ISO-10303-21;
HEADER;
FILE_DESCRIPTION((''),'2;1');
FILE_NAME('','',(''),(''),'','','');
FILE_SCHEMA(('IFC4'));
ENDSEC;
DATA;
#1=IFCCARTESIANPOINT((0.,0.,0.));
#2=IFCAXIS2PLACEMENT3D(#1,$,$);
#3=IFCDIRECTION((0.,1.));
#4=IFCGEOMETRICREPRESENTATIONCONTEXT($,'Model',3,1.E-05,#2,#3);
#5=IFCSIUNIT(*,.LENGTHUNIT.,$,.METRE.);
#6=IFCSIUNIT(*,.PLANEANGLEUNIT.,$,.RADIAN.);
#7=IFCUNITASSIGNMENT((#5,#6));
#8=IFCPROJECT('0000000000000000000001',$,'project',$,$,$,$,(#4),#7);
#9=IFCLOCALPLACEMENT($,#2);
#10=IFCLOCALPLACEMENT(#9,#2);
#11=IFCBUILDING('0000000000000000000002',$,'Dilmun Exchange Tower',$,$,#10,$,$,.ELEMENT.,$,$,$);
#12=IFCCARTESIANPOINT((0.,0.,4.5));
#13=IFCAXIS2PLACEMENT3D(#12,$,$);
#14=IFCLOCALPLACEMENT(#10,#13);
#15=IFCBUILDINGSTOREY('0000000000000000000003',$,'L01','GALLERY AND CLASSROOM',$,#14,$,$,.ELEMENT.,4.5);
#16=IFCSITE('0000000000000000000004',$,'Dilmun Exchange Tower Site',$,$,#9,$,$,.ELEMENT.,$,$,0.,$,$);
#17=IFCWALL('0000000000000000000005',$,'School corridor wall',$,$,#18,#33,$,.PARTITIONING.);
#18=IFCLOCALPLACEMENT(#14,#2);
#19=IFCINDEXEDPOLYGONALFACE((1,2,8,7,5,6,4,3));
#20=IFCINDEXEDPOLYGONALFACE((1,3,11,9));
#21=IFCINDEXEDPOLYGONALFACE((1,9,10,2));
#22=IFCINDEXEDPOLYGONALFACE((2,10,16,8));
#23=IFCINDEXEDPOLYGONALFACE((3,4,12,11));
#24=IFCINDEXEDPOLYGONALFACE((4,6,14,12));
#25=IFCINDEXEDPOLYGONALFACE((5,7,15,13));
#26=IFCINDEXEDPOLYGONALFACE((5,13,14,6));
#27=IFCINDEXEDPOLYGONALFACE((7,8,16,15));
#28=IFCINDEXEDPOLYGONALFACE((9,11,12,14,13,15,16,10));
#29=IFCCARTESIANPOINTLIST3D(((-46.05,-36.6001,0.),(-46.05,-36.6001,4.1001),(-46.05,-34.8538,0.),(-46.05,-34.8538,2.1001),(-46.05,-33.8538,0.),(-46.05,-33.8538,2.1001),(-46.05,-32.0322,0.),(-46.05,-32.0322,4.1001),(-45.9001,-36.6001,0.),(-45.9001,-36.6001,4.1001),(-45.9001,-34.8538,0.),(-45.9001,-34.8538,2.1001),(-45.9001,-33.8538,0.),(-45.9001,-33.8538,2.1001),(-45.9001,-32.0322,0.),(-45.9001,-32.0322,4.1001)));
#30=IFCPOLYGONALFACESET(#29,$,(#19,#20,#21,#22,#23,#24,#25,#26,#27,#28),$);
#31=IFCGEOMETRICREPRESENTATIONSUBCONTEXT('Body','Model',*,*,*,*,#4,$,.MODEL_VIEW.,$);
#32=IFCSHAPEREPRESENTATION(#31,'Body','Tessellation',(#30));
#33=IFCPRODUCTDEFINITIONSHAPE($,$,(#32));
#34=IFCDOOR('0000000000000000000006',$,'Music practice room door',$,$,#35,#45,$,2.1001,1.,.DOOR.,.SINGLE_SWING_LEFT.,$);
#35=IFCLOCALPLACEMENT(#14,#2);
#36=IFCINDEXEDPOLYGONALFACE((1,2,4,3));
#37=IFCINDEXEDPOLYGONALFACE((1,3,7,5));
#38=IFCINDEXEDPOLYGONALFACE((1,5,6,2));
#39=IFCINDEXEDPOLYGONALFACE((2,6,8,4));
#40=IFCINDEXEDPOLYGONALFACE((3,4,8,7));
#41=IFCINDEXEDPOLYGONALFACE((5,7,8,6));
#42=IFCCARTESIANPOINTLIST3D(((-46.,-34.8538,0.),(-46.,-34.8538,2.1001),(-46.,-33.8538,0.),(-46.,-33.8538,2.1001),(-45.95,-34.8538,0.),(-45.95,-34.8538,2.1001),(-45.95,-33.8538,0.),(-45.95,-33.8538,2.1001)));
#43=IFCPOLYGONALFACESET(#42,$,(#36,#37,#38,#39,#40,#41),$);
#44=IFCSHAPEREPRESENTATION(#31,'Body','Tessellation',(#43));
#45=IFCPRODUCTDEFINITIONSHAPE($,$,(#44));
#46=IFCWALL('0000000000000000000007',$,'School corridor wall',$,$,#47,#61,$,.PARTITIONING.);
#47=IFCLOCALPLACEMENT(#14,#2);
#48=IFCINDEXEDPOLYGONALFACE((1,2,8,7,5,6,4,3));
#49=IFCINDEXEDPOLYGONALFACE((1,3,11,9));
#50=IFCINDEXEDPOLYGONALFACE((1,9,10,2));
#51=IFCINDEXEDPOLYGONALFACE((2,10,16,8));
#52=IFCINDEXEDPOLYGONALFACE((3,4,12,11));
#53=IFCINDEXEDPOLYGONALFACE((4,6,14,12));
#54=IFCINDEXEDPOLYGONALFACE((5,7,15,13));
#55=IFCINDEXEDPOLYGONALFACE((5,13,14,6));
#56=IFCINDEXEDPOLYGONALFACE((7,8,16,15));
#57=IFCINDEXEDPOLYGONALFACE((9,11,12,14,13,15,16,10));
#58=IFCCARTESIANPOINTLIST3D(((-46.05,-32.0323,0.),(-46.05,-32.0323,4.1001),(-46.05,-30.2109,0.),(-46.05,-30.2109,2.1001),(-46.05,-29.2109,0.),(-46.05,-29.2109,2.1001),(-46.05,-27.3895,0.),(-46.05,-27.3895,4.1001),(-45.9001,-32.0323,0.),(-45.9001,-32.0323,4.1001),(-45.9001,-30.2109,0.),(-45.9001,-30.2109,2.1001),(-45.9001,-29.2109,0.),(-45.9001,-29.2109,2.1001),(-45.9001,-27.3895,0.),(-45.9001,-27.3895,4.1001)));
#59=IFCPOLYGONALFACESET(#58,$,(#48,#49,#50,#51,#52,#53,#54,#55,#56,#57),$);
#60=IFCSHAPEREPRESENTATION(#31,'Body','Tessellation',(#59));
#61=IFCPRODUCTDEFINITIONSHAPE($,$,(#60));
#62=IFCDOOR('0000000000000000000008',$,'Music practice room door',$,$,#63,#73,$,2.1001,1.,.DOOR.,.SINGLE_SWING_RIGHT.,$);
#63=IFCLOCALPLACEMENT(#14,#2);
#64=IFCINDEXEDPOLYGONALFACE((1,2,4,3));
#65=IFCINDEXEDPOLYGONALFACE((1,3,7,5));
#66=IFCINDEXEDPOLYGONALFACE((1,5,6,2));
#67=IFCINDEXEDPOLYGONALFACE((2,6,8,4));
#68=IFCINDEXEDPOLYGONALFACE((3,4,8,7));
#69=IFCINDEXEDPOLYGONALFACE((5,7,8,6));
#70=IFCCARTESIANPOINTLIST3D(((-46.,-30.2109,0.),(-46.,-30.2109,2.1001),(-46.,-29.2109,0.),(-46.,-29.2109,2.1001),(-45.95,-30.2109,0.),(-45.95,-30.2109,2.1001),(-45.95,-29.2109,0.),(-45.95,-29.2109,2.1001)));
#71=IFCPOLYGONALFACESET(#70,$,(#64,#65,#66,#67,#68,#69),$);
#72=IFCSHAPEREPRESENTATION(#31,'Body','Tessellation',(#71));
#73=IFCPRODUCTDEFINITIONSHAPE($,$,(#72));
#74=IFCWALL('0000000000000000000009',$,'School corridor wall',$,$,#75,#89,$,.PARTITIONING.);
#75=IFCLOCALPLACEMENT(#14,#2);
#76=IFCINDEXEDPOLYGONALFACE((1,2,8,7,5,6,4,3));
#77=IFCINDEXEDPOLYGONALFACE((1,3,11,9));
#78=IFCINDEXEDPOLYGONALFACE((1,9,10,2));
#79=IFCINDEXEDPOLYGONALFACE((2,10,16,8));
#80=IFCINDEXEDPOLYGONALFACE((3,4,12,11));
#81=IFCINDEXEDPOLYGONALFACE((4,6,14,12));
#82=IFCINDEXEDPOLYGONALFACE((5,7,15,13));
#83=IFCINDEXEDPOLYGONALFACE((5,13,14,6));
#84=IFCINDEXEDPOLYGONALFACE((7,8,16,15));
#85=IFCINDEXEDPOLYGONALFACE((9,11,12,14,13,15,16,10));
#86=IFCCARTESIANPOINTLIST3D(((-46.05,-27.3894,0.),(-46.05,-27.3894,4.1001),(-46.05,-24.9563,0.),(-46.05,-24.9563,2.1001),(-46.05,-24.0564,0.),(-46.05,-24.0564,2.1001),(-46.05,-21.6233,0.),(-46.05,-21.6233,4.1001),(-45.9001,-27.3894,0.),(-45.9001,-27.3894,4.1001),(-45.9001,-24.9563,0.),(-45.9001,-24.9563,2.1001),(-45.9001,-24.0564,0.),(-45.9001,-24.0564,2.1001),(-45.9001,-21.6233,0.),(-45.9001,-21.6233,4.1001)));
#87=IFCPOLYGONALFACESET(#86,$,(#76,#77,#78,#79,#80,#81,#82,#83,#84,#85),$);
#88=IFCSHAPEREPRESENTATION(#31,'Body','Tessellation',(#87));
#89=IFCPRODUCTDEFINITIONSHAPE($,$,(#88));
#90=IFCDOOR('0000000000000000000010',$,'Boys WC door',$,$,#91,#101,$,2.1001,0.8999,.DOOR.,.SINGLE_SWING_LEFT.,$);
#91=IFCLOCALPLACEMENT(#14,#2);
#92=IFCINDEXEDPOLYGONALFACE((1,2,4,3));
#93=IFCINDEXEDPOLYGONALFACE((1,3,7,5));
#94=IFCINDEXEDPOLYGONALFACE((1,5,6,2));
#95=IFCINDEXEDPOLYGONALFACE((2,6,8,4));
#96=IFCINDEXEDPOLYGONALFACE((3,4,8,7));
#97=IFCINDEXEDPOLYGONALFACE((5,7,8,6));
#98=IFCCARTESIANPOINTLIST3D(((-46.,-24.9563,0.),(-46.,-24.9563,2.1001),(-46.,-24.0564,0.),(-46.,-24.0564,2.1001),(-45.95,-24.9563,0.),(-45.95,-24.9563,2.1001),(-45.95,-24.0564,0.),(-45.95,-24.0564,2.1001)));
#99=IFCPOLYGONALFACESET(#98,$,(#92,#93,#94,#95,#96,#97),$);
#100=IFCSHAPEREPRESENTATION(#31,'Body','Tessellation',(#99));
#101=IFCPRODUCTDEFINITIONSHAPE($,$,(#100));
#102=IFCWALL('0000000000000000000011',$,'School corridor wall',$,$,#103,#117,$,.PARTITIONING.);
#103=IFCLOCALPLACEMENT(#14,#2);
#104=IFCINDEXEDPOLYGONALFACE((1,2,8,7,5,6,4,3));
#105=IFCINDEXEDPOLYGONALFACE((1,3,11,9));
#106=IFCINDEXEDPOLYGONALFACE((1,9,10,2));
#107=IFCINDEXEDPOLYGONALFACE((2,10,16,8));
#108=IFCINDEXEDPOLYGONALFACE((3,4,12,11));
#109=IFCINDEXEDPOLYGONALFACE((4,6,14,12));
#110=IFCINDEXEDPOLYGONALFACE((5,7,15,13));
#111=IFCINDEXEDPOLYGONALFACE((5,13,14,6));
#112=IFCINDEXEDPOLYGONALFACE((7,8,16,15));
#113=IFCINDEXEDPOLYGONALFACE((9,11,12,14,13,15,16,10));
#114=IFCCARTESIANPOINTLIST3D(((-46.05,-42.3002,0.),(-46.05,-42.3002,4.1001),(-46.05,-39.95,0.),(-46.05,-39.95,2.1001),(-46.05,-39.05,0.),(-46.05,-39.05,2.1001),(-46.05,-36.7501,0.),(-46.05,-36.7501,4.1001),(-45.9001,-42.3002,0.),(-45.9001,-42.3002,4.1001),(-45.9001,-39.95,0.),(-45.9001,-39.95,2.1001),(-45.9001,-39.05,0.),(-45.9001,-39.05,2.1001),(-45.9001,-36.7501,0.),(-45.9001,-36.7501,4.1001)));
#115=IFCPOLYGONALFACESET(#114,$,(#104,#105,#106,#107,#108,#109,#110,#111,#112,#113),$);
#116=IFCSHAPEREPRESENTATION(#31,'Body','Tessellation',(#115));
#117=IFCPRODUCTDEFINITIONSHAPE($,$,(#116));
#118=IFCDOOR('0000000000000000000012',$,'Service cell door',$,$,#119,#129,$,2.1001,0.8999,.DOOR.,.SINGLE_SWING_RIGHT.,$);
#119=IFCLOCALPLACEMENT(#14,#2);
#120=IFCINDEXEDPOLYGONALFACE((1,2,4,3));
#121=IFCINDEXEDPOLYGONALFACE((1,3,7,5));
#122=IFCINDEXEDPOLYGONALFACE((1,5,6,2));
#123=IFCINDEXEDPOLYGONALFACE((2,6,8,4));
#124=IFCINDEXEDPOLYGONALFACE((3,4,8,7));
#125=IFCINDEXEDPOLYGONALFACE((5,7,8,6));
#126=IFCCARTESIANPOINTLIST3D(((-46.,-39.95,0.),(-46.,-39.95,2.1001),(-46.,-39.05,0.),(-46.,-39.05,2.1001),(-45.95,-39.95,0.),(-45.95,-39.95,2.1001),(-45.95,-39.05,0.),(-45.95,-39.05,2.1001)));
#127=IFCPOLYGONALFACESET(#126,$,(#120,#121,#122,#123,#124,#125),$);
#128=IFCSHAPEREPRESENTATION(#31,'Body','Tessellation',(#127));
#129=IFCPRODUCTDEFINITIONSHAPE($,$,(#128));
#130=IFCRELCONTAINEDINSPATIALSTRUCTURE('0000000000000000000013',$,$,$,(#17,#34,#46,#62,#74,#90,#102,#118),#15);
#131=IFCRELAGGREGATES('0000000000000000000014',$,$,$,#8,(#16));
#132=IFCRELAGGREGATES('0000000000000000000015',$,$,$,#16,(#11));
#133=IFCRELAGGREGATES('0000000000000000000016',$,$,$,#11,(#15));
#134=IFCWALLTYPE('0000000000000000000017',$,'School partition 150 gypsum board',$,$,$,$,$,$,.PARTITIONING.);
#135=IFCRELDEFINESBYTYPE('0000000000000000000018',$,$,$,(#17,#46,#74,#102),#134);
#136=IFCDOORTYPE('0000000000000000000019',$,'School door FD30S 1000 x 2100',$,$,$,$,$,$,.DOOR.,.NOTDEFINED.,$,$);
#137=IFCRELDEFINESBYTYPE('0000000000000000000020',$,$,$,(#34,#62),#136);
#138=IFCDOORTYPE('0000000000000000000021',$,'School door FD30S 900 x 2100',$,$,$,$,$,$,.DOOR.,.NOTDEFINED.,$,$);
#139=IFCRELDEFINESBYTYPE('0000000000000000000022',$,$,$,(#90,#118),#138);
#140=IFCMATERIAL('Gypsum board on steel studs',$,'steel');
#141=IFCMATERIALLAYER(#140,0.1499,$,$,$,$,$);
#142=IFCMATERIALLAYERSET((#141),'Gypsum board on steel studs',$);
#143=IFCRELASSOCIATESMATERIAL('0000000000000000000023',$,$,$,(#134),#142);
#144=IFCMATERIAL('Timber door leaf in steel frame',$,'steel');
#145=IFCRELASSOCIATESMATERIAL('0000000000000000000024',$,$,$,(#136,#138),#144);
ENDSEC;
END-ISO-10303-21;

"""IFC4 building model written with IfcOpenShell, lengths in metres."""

from ifc_helpers import new_model, si_unit, direction, frame, frame_2d, origin, place, context, subcontext, project, spatial, rectangle, extrude, material, layer, layer_set, type_object, element, fill, save


model = new_model("IFC4")

# Units and contexts
model_context = context("Model", 3, precision=1e-05, world=origin(), true_north=direction((0.0, 1.0)))
body_context = subcontext(model_context, "Body", "Model", "MODEL_VIEW")
ifc_project = project(units=[si_unit("LENGTHUNIT", "METRE"), si_unit("PLANEANGLEUNIT", "RADIAN")], contexts=[model_context])

# Site, building, storey
site_placement = place(None, origin())
site = spatial("IfcSite", under=ifc_project, at=site_placement, Name="Dilmun Exchange Tower Site", CompositionType="ELEMENT", RefElevation=0.0)
building_placement = place(site_placement, origin())
building = spatial("IfcBuilding", under=site, at=building_placement, Name="Dilmun Exchange Tower", CompositionType="ELEMENT")
storey_placement = place(building_placement, frame((0.0, 0.0, 4.5)))
storey = spatial("IfcBuildingStorey", under=building, at=storey_placement, Name="L01", Description="GALLERY AND CLASSROOM", CompositionType="ELEMENT", Elevation=4.5)

# Shared definitions
ifc_material_1 = material(Name="Gypsum board on steel studs", Category="steel")
ifc_layer_1 = layer(ifc_material_1, 0.1499)
ifc_layer_set_1 = layer_set([ifc_layer_1], Name="Gypsum board on steel studs")
wall_type_1 = type_object("IfcWallType", Name="School partition 150 gypsum board", PredefinedType="PARTITIONING", material=ifc_layer_set_1)

# Walls, openings, doors
ifc_material_2 = material(Name="Timber door leaf in steel frame", Category="steel")
door_type_1 = type_object("IfcDoorType", Name="School door FD30S 1000 x 2100", OperationType="NOTDEFINED", PredefinedType="DOOR", material=ifc_material_2)
wall_1_placement = place(storey_placement, frame((-45.9751, -36.6001, 0.0), z_axis=(0.0, 0.0, 1.0), x_axis=(0.0, 1.0, 0.0)))
wall_1 = element("IfcWall", 1, at=wall_1_placement, inside=storey, type_object=wall_type_1, Name="School corridor wall", PredefinedType="PARTITIONING", context=body_context, shape_type="SweptSolid", body=[
    extrude(rectangle(XDim=4.5679, YDim=0.1499, at=frame_2d((2.2839, 0.0))), origin(), (0.0, 0.0, 1.0), 4.1001),
])
opening_1_placement = place(wall_1_placement, frame((1.7463, 0.0, 0.0)))
opening_1 = element("IfcOpeningElement", 2, at=opening_1_placement, cuts=wall_1, PredefinedType="OPENING", context=body_context, shape_type="SweptSolid", body=[
    extrude(rectangle(XDim=1.0, YDim=2.1001, at=frame_2d((0.5, 1.05))), frame((0.0, 0.085, 0.0), z_axis=(0.0, -1.0, 0.0), x_axis=(1.0, 0.0, 0.0)), (0.0, 0.0, 1.0), 0.1699),
])
door_1_placement = place(opening_1_placement, origin())
door_1 = element("IfcDoor", 3, at=door_1_placement, inside=storey, type_object=door_type_1, Name="Music practice room door", OperationType="SINGLE_SWING_LEFT", OverallHeight=2.1001, OverallWidth=1.0, PredefinedType="DOOR", context=body_context, shape_type="SweptSolid", body=[
    extrude(rectangle(XDim=1.0, YDim=2.1001, at=frame_2d((0.5, 1.05))), frame((0.0, 0.0249, 0.0), z_axis=(0.0, -1.0, 0.0), x_axis=(1.0, 0.0, 0.0)), (0.0, 0.0, 1.0), 0.05),
])
fill(opening_1, door_1)
wall_2_placement = place(storey_placement, frame((-45.9751, -32.0322, 0.0), z_axis=(0.0, 0.0, 1.0), x_axis=(0.0, 1.0, 0.0)))
wall_2 = element("IfcWall", 4, at=wall_2_placement, inside=storey, type_object=wall_type_1, Name="School corridor wall", PredefinedType="PARTITIONING", context=body_context, shape_type="SweptSolid", body=[
    extrude(rectangle(XDim=4.6428, YDim=0.1499, at=frame_2d((2.3213, 0.0))), origin(), (0.0, 0.0, 1.0), 4.1001),
])
opening_2_placement = place(wall_2_placement, frame((1.8213, 0.0, 0.0)))
opening_2 = element("IfcOpeningElement", 5, at=opening_2_placement, cuts=wall_2, PredefinedType="OPENING", context=body_context, shape_type="SweptSolid", body=[
    extrude(rectangle(XDim=1.0, YDim=2.1001, at=frame_2d((0.5, 1.05))), frame((0.0, 0.085, 0.0), z_axis=(0.0, -1.0, 0.0), x_axis=(1.0, 0.0, 0.0)), (0.0, 0.0, 1.0), 0.1699),
])
door_2_placement = place(opening_2_placement, origin())
door_2 = element("IfcDoor", 6, at=door_2_placement, inside=storey, type_object=door_type_1, Name="Music practice room door", OperationType="SINGLE_SWING_RIGHT", OverallHeight=2.1001, OverallWidth=1.0, PredefinedType="DOOR", context=body_context, shape_type="SweptSolid", body=[
    extrude(rectangle(XDim=1.0, YDim=2.1001, at=frame_2d((0.5, 1.05))), frame((0.0, 0.0249, 0.0), z_axis=(0.0, -1.0, 0.0), x_axis=(1.0, 0.0, 0.0)), (0.0, 0.0, 1.0), 0.05),
])
fill(opening_2, door_2)
wall_3_placement = place(storey_placement, frame((-45.9751, -27.3894, 0.0), z_axis=(0.0, 0.0, 1.0), x_axis=(0.0, 1.0, 0.0)))
wall_3 = element("IfcWall", 7, at=wall_3_placement, inside=storey, type_object=wall_type_1, Name="School corridor wall", PredefinedType="PARTITIONING", context=body_context, shape_type="SweptSolid", body=[
    extrude(rectangle(XDim=5.7661, YDim=0.1499, at=frame_2d((2.8831, 0.0))), origin(), (0.0, 0.0, 1.0), 4.1001),
])
opening_3_placement = place(wall_3_placement, frame((2.4331, 0.0, 0.0)))
opening_3 = element("IfcOpeningElement", 8, at=opening_3_placement, cuts=wall_3, PredefinedType="OPENING", context=body_context, shape_type="SweptSolid", body=[
    extrude(rectangle(XDim=0.8999, YDim=2.1001, at=frame_2d((0.45, 1.05))), frame((0.0, 0.085, 0.0), z_axis=(0.0, -1.0, 0.0), x_axis=(1.0, 0.0, 0.0)), (0.0, 0.0, 1.0), 0.1699),
])
door_type_2 = type_object("IfcDoorType", Name="School door FD30S 900 x 2100", OperationType="NOTDEFINED", PredefinedType="DOOR", material=ifc_material_2)
door_3_placement = place(opening_3_placement, origin())
door_3 = element("IfcDoor", 9, at=door_3_placement, inside=storey, type_object=door_type_2, Name="Boys WC door", OperationType="SINGLE_SWING_LEFT", OverallHeight=2.1001, OverallWidth=0.8999, PredefinedType="DOOR", context=body_context, shape_type="SweptSolid", body=[
    extrude(rectangle(XDim=0.8999, YDim=2.1001, at=frame_2d((0.45, 1.05))), frame((0.0, 0.0249, 0.0), z_axis=(0.0, -1.0, 0.0), x_axis=(1.0, 0.0, 0.0)), (0.0, 0.0, 1.0), 0.05),
])
fill(opening_3, door_3)
wall_4_placement = place(storey_placement, frame((-45.9751, -42.3, 0.0), z_axis=(0.0, 0.0, 1.0), x_axis=(0.0, 1.0, 0.0)))
wall_4 = element("IfcWall", 10, at=wall_4_placement, inside=storey, type_object=wall_type_1, Name="School corridor wall", PredefinedType="PARTITIONING", context=body_context, shape_type="SweptSolid", body=[
    extrude(rectangle(XDim=5.55, YDim=0.1499, at=frame_2d((2.7749, 0.0))), origin(), (0.0, 0.0, 1.0), 4.1001),
])
opening_4_placement = place(wall_4_placement, frame((2.3501, 0.0, 0.0)))
opening_4 = element("IfcOpeningElement", 11, at=opening_4_placement, cuts=wall_4, PredefinedType="OPENING", context=body_context, shape_type="SweptSolid", body=[
    extrude(rectangle(XDim=0.8999, YDim=2.1001, at=frame_2d((0.45, 1.05))), frame((0.0, 0.085, 0.0), z_axis=(0.0, -1.0, 0.0), x_axis=(1.0, 0.0, 0.0)), (0.0, 0.0, 1.0), 0.1699),
])
door_4_placement = place(opening_4_placement, origin())
door_4 = element("IfcDoor", 12, at=door_4_placement, inside=storey, type_object=door_type_2, Name="Service cell door", OperationType="SINGLE_SWING_RIGHT", OverallHeight=2.1001, OverallWidth=0.8999, PredefinedType="DOOR", context=body_context, shape_type="SweptSolid", body=[
    extrude(rectangle(XDim=0.8999, YDim=2.1001, at=frame_2d((0.45, 1.05))), frame((0.0, 0.0249, 0.0), z_axis=(0.0, -1.0, 0.0), x_axis=(1.0, 0.0, 0.0)), (0.0, 0.0, 1.0), 0.05),
])
fill(opening_4, door_4)

save(model, "model.ifc")
